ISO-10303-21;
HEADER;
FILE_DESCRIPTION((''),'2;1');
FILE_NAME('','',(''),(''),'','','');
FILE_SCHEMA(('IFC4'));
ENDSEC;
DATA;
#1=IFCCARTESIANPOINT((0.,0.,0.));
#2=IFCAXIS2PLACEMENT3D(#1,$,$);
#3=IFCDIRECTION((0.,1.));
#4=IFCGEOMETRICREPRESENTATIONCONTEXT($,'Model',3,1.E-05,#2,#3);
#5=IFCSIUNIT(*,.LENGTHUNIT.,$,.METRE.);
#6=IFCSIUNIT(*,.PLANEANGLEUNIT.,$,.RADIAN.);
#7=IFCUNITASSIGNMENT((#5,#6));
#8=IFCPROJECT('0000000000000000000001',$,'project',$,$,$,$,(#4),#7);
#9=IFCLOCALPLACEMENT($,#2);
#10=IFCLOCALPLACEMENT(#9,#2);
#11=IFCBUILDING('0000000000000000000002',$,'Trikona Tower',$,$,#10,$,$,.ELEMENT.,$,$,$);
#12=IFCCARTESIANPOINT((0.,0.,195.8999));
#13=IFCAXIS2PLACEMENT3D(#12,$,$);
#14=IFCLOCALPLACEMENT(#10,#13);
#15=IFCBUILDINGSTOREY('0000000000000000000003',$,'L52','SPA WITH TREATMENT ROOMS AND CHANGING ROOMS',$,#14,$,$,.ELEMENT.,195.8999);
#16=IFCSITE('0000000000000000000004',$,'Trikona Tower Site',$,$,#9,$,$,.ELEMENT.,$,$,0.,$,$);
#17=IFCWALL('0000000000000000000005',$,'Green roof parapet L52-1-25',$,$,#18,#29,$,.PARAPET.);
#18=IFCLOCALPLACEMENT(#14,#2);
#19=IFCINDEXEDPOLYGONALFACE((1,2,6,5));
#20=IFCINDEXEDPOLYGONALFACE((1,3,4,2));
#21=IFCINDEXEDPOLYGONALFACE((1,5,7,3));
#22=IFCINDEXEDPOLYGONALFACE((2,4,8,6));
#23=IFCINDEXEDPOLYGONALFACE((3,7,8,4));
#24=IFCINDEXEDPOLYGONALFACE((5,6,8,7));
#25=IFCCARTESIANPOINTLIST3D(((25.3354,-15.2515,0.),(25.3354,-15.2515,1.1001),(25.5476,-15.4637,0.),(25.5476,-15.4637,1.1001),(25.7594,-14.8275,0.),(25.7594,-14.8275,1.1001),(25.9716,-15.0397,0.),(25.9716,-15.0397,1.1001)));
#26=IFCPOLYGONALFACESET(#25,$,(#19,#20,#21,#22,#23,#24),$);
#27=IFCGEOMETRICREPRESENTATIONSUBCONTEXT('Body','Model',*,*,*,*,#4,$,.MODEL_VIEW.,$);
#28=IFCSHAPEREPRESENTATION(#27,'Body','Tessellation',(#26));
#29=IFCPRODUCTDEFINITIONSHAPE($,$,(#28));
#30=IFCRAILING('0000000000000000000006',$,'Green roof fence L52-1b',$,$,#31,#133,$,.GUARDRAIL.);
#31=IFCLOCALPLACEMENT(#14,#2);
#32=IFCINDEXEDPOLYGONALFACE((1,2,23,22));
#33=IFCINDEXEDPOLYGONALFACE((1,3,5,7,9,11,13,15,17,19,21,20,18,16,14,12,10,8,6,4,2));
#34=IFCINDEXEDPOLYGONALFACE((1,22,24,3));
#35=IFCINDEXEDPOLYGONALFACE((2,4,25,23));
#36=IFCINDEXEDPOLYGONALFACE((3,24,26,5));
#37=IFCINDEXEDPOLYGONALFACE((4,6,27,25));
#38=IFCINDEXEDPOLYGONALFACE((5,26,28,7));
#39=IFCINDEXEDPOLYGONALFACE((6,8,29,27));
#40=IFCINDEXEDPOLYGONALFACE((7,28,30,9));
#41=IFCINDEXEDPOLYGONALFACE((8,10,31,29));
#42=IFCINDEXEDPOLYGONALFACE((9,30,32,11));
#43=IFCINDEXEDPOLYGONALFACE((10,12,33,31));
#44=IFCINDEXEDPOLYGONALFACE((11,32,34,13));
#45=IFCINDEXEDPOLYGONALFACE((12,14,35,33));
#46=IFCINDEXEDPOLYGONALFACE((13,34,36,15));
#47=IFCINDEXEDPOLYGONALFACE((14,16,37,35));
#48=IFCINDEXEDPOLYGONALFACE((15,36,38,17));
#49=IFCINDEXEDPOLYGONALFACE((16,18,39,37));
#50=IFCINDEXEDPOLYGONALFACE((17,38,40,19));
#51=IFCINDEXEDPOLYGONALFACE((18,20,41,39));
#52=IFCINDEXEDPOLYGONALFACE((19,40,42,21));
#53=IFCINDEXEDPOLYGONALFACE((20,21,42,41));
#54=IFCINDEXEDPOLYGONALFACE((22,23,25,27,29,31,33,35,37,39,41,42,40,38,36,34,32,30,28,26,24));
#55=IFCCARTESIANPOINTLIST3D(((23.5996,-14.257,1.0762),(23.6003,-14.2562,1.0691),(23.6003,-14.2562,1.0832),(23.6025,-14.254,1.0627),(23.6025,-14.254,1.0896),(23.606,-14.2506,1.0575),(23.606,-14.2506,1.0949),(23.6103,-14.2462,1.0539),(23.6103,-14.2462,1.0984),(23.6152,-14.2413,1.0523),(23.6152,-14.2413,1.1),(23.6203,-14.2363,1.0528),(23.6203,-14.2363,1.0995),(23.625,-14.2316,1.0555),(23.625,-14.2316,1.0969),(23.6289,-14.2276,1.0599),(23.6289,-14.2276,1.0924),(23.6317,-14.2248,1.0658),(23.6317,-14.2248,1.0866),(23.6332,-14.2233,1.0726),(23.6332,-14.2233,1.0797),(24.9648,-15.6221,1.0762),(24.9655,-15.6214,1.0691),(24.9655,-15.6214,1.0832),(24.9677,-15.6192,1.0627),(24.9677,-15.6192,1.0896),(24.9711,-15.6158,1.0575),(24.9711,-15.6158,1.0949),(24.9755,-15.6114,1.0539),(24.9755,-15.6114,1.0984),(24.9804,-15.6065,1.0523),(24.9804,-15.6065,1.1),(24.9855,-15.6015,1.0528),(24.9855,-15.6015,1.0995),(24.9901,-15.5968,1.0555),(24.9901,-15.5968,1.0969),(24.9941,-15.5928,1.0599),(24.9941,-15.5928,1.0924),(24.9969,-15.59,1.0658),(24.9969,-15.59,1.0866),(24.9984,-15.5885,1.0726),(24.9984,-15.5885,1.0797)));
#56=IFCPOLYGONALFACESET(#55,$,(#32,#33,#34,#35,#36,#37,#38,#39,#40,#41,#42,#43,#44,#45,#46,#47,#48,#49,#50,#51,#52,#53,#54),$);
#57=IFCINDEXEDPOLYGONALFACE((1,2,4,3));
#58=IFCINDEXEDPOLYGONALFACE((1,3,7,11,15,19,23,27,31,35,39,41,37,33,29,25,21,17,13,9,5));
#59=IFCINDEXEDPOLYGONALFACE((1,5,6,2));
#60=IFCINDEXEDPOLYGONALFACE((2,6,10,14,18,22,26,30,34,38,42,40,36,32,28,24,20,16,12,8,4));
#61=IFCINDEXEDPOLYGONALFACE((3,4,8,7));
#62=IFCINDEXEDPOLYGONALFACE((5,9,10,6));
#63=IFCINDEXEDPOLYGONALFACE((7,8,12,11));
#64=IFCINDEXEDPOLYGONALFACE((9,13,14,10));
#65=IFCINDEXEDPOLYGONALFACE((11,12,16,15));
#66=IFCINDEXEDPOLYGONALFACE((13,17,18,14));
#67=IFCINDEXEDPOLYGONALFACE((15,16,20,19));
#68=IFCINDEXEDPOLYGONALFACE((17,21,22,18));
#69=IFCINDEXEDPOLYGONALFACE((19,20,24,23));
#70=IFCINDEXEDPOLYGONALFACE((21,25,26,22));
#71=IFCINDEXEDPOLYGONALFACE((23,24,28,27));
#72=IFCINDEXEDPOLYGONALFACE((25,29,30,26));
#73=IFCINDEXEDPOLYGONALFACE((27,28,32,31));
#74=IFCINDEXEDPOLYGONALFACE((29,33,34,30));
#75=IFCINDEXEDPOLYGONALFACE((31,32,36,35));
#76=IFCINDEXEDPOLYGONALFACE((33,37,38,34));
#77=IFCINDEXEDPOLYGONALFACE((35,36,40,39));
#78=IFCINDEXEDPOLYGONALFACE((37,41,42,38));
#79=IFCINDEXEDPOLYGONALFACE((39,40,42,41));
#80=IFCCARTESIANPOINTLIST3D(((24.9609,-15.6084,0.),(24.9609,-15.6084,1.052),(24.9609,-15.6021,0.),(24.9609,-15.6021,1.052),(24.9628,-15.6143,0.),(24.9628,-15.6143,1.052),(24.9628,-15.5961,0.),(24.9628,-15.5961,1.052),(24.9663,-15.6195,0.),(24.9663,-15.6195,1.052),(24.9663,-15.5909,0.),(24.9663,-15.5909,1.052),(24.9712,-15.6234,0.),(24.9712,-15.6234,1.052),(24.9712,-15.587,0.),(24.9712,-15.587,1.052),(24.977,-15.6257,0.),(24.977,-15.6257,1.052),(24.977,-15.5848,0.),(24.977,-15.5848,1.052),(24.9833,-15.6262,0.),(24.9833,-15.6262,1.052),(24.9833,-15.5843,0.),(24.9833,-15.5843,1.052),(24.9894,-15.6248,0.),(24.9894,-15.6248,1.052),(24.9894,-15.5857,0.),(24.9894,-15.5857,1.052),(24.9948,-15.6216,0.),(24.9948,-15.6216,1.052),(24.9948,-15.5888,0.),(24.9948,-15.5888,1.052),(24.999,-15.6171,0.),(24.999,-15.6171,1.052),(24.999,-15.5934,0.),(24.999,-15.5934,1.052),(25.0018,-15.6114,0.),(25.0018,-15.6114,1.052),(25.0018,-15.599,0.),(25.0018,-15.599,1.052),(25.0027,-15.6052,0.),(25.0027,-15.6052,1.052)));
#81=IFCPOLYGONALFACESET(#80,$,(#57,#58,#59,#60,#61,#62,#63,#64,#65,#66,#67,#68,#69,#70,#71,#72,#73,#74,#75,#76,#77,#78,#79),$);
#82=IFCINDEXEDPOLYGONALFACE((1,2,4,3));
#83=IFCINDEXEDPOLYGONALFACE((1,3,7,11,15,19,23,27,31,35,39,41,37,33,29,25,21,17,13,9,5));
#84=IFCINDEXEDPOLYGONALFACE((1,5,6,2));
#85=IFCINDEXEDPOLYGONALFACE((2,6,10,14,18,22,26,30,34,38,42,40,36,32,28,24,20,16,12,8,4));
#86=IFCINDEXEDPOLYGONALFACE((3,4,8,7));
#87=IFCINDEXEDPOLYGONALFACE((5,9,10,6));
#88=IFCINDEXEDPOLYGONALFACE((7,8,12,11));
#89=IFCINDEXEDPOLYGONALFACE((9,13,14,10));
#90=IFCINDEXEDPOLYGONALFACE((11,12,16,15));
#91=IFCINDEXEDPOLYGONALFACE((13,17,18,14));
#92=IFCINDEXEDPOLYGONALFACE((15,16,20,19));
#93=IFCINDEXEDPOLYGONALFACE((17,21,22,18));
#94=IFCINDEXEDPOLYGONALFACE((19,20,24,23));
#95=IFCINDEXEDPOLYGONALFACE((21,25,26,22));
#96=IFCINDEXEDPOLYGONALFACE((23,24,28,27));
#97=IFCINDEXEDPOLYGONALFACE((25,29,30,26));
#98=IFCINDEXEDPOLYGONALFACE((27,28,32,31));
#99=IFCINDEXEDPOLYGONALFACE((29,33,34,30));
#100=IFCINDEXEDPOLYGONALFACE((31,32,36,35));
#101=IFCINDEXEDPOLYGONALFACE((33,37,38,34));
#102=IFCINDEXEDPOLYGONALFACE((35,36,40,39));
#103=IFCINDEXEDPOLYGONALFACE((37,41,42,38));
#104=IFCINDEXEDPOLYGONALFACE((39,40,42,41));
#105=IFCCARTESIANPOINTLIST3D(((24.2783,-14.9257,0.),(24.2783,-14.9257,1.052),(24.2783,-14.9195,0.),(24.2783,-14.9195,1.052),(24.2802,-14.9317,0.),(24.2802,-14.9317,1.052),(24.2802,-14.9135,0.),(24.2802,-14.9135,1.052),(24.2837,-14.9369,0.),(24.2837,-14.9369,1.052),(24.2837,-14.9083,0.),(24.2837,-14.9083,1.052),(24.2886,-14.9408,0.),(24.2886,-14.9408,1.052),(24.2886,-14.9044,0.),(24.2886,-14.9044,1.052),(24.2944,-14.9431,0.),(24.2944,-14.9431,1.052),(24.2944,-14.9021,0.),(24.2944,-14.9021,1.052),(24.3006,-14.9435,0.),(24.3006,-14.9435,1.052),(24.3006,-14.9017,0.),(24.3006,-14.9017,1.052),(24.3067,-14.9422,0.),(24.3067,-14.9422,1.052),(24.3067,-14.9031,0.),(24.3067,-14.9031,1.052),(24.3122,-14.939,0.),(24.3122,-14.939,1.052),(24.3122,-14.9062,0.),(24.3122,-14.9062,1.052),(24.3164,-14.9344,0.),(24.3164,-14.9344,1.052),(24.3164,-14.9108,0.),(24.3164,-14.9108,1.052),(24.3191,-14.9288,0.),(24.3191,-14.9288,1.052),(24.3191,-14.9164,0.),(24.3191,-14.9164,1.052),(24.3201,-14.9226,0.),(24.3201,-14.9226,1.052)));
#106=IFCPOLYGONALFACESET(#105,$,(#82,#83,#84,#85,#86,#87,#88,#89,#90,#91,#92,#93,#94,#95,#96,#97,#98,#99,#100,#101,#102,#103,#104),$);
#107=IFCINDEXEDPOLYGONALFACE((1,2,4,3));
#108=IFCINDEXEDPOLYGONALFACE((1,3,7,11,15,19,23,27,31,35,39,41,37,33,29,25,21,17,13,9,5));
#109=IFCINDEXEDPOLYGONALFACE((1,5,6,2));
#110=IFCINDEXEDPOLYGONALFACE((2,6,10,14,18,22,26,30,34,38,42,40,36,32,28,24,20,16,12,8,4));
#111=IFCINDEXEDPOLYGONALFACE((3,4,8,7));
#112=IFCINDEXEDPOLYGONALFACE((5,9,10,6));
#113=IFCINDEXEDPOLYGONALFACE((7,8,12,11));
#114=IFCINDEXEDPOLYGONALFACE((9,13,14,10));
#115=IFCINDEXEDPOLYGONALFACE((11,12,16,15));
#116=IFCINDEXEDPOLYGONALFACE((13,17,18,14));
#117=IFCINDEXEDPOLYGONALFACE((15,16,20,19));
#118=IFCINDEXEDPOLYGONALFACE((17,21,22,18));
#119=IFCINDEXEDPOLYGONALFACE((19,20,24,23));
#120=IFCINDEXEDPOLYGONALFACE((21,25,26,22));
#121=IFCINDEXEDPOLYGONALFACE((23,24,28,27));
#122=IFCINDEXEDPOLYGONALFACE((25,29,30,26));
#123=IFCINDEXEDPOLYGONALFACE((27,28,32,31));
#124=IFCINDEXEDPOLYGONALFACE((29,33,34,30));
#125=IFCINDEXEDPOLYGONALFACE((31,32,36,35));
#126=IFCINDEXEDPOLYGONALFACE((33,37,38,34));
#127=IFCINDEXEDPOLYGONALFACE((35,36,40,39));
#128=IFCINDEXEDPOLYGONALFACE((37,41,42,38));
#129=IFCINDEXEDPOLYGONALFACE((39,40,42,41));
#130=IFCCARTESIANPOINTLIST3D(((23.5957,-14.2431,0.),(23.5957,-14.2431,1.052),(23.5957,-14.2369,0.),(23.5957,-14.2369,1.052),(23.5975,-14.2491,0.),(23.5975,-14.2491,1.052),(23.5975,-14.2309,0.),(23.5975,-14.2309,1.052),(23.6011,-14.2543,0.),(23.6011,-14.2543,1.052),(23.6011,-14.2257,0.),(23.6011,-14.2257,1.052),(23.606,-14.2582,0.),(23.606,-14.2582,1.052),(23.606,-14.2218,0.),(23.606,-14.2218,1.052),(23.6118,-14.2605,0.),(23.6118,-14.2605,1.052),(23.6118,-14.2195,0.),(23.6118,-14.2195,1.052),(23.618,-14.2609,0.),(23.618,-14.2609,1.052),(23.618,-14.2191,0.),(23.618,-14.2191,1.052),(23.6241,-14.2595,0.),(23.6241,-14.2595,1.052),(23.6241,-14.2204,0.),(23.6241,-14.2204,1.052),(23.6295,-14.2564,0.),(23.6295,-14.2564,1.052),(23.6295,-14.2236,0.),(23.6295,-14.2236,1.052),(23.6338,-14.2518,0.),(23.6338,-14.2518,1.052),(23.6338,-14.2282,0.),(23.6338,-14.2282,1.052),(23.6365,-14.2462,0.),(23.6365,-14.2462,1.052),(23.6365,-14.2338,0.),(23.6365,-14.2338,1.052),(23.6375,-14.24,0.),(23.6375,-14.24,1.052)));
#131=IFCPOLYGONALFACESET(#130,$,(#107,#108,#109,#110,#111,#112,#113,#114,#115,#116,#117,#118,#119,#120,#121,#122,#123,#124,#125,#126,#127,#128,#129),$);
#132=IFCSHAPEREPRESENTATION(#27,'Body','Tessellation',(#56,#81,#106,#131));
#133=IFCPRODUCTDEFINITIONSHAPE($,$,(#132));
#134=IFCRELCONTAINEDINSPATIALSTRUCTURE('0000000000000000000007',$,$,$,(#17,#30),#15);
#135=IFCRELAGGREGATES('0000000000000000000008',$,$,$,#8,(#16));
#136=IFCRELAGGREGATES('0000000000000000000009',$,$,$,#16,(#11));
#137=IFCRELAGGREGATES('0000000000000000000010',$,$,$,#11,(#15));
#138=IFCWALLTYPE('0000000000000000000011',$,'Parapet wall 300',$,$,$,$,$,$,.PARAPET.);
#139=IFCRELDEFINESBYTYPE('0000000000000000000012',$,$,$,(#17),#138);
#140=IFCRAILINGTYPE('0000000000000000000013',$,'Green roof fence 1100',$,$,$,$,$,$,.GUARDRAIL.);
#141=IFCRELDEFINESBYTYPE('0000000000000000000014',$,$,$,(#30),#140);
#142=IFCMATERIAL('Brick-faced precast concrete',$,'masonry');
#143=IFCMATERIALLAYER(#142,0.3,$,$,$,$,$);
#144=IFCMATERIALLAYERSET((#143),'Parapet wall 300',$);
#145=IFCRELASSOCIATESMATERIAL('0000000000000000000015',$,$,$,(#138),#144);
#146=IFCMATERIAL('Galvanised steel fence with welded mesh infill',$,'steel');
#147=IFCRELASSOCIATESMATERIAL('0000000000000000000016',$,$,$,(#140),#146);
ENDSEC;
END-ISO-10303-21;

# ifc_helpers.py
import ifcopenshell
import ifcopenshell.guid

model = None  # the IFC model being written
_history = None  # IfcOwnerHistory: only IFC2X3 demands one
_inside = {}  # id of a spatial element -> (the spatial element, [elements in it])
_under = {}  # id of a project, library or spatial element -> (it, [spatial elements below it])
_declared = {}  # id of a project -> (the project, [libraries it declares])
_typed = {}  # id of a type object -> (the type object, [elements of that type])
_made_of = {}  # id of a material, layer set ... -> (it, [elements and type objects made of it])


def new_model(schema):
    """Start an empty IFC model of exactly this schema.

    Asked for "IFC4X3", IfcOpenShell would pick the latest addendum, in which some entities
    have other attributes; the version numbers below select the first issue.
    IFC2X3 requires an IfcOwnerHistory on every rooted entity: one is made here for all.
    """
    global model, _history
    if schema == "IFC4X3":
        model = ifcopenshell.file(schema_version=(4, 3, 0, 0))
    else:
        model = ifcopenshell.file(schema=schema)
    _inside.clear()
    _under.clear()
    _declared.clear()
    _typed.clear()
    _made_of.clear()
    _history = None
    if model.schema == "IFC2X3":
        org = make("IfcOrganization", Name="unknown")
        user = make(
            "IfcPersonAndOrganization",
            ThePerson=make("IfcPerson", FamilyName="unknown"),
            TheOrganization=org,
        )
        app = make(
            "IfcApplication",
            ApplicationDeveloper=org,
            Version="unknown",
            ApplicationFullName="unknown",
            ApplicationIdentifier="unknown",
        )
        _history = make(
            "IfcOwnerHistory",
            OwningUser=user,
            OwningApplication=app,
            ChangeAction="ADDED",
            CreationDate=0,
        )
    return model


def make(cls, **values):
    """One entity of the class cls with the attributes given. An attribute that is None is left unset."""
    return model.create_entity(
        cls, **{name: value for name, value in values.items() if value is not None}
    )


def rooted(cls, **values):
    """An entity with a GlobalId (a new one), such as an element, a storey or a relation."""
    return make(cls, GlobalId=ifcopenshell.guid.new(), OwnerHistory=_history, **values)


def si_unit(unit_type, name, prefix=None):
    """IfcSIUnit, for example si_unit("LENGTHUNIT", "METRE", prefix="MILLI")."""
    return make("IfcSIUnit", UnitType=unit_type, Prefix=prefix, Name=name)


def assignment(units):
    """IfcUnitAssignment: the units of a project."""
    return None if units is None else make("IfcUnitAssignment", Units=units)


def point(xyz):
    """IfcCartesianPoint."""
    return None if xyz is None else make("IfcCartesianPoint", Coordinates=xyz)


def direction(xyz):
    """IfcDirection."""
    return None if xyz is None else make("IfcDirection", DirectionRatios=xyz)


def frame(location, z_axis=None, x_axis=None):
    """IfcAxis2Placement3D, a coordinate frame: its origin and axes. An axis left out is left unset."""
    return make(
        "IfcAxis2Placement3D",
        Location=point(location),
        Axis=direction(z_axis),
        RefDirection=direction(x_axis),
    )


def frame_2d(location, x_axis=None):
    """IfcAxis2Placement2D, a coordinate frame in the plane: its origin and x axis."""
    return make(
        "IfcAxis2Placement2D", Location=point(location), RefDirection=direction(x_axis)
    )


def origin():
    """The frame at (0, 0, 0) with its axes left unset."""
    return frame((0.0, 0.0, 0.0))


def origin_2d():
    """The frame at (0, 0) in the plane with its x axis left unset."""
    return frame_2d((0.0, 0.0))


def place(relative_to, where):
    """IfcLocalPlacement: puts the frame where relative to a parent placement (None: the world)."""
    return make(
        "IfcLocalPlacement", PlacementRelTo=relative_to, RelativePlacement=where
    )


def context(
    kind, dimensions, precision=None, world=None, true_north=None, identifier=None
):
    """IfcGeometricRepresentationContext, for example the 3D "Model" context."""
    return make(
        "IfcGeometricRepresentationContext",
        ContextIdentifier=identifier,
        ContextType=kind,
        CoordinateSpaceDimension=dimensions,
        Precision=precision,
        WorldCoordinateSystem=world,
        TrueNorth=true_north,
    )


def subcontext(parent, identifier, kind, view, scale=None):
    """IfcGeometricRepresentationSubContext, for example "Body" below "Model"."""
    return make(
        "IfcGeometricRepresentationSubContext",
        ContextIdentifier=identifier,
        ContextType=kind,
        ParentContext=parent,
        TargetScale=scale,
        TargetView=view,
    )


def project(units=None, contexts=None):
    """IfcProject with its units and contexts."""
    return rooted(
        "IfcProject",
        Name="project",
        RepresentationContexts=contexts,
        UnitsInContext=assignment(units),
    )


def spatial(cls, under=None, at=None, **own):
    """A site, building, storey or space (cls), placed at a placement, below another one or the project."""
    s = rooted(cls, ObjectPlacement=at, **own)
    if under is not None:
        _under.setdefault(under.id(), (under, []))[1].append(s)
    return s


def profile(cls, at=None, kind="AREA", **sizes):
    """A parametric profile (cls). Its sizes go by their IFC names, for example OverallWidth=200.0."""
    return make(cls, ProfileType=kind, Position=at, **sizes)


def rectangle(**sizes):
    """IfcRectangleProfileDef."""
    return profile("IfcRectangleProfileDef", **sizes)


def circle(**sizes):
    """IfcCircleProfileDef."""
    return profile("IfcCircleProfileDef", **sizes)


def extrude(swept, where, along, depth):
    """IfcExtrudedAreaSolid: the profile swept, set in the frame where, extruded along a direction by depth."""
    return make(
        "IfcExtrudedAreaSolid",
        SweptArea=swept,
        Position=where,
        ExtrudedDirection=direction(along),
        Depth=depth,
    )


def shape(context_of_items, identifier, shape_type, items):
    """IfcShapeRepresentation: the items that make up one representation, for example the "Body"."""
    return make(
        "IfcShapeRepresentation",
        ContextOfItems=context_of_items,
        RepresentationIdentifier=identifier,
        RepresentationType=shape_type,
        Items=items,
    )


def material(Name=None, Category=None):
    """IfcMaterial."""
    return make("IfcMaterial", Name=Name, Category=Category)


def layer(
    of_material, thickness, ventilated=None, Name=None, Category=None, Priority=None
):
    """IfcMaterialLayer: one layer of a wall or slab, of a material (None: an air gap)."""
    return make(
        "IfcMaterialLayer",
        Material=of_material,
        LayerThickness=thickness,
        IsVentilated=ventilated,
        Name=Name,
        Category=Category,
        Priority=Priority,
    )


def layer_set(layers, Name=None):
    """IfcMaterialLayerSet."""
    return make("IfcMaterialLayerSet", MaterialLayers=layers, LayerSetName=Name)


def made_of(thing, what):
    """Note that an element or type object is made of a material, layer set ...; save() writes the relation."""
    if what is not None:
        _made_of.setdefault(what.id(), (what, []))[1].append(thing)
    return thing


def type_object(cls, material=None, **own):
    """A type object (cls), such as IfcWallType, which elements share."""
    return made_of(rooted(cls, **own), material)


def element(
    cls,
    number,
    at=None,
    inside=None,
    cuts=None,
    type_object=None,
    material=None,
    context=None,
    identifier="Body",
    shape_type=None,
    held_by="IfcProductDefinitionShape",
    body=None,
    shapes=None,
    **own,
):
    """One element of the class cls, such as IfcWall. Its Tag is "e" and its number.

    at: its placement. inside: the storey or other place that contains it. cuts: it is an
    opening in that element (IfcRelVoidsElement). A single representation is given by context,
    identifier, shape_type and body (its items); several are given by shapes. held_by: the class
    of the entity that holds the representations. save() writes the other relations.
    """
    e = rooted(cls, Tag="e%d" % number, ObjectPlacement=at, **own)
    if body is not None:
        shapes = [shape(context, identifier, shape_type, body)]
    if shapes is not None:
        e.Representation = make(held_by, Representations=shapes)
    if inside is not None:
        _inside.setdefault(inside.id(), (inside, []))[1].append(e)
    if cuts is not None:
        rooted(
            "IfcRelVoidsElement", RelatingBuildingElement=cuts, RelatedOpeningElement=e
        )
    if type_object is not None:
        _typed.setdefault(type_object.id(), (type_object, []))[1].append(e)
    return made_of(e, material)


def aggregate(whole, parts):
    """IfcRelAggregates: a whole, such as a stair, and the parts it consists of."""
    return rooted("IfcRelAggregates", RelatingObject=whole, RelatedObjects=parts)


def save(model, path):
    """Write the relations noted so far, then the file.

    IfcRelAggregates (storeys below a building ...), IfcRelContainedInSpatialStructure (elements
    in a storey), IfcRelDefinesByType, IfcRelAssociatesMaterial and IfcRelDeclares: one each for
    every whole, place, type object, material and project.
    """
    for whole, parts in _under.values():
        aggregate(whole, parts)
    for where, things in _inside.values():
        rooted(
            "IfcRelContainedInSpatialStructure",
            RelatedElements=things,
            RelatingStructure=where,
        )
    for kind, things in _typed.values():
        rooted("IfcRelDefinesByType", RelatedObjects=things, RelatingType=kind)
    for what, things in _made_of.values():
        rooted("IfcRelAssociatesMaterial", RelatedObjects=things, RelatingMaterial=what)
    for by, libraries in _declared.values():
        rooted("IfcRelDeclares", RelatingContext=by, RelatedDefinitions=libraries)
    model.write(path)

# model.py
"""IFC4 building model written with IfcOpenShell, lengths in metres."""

from ifc_helpers import new_model, si_unit, direction, frame, frame_2d, origin, origin_2d, place, context, subcontext, project, spatial, rectangle, circle, extrude, material, layer, layer_set, type_object, element, save


model = new_model("IFC4")

# Units and contexts
model_context = context("Model", 3, precision=1e-05, world=origin(), true_north=direction((0.0, 1.0)))
body_context = subcontext(model_context, "Body", "Model", "MODEL_VIEW")
ifc_project = project(units=[si_unit("LENGTHUNIT", "METRE"), si_unit("PLANEANGLEUNIT", "RADIAN")], contexts=[model_context])

# Site, building, storey
site_placement = place(None, origin())
site = spatial("IfcSite", under=ifc_project, at=site_placement, Name="Trikona Tower Site", CompositionType="ELEMENT", RefElevation=0.0)
building_placement = place(site_placement, origin())
building = spatial("IfcBuilding", under=site, at=building_placement, Name="Trikona Tower", CompositionType="ELEMENT")
storey_placement = place(building_placement, frame((0.0, 0.0, 195.8999)))
storey = spatial("IfcBuildingStorey", under=building, at=storey_placement, Name="L52", Description="SPA WITH TREATMENT ROOMS AND CHANGING ROOMS", CompositionType="ELEMENT", Elevation=195.8999)

# Wall
ifc_material_1 = material(Name="Brick-faced precast concrete", Category="masonry")
ifc_layer_1 = layer(ifc_material_1, 0.3)
ifc_layer_set_1 = layer_set([ifc_layer_1], Name="Parapet wall 300")
wall_type_1 = type_object("IfcWallType", Name="Parapet wall 300", PredefinedType="PARAPET", material=ifc_layer_set_1)
wall_1_placement = place(storey_placement, frame((25.8655, -14.9336, 0.0), z_axis=(0.0, 0.0, 1.0), x_axis=(-0.707107, -0.707107, 0.0)))
element("IfcWall", 1, at=wall_1_placement, inside=storey, type_object=wall_type_1, Name="Green roof parapet L52-1-25", PredefinedType="PARAPET", context=body_context, shape_type="SweptSolid", body=[
    extrude(rectangle(XDim=0.5996, YDim=0.3, at=frame_2d((0.2998, 0.0))), origin(), (0.0, 0.0, 1.0), 1.1001),
])

# Railing
ifc_material_2 = material(Name="Galvanised steel fence with welded mesh infill", Category="steel")
railing_type_1 = type_object("IfcRailingType", Name="Green roof fence 1100", PredefinedType="GUARDRAIL", material=ifc_material_2)
railing_1_placement = place(storey_placement, frame((24.9817, -15.6052, 0.0)))
element("IfcRailing", 2, at=railing_1_placement, inside=storey, type_object=railing_type_1, Name="Green roof fence L52-1b", PredefinedType="GUARDRAIL", context=body_context, shape_type="SweptSolid", body=[
    extrude(circle(Radius=0.0239, at=origin_2d()), frame((0.0, 0.0, 1.0762), z_axis=(-0.707107, 0.707107, 0.0), x_axis=(-0.707107, -0.707107, 0.0)), (0.0, 0.0, 1.0), 1.9307),
    extrude(circle(Radius=0.021, at=origin_2d()), origin(), (0.0, 0.0, 1.0), 1.052),
    extrude(circle(Radius=0.021, at=origin_2d()), frame((-0.6826, 0.6826, 0.0)), (0.0, 0.0, 1.0), 1.052),
    extrude(circle(Radius=0.021, at=origin_2d()), frame((-1.3652, 1.3652, 0.0)), (0.0, 0.0, 1.0), 1.052),
])

save(model, "model.ifc")
